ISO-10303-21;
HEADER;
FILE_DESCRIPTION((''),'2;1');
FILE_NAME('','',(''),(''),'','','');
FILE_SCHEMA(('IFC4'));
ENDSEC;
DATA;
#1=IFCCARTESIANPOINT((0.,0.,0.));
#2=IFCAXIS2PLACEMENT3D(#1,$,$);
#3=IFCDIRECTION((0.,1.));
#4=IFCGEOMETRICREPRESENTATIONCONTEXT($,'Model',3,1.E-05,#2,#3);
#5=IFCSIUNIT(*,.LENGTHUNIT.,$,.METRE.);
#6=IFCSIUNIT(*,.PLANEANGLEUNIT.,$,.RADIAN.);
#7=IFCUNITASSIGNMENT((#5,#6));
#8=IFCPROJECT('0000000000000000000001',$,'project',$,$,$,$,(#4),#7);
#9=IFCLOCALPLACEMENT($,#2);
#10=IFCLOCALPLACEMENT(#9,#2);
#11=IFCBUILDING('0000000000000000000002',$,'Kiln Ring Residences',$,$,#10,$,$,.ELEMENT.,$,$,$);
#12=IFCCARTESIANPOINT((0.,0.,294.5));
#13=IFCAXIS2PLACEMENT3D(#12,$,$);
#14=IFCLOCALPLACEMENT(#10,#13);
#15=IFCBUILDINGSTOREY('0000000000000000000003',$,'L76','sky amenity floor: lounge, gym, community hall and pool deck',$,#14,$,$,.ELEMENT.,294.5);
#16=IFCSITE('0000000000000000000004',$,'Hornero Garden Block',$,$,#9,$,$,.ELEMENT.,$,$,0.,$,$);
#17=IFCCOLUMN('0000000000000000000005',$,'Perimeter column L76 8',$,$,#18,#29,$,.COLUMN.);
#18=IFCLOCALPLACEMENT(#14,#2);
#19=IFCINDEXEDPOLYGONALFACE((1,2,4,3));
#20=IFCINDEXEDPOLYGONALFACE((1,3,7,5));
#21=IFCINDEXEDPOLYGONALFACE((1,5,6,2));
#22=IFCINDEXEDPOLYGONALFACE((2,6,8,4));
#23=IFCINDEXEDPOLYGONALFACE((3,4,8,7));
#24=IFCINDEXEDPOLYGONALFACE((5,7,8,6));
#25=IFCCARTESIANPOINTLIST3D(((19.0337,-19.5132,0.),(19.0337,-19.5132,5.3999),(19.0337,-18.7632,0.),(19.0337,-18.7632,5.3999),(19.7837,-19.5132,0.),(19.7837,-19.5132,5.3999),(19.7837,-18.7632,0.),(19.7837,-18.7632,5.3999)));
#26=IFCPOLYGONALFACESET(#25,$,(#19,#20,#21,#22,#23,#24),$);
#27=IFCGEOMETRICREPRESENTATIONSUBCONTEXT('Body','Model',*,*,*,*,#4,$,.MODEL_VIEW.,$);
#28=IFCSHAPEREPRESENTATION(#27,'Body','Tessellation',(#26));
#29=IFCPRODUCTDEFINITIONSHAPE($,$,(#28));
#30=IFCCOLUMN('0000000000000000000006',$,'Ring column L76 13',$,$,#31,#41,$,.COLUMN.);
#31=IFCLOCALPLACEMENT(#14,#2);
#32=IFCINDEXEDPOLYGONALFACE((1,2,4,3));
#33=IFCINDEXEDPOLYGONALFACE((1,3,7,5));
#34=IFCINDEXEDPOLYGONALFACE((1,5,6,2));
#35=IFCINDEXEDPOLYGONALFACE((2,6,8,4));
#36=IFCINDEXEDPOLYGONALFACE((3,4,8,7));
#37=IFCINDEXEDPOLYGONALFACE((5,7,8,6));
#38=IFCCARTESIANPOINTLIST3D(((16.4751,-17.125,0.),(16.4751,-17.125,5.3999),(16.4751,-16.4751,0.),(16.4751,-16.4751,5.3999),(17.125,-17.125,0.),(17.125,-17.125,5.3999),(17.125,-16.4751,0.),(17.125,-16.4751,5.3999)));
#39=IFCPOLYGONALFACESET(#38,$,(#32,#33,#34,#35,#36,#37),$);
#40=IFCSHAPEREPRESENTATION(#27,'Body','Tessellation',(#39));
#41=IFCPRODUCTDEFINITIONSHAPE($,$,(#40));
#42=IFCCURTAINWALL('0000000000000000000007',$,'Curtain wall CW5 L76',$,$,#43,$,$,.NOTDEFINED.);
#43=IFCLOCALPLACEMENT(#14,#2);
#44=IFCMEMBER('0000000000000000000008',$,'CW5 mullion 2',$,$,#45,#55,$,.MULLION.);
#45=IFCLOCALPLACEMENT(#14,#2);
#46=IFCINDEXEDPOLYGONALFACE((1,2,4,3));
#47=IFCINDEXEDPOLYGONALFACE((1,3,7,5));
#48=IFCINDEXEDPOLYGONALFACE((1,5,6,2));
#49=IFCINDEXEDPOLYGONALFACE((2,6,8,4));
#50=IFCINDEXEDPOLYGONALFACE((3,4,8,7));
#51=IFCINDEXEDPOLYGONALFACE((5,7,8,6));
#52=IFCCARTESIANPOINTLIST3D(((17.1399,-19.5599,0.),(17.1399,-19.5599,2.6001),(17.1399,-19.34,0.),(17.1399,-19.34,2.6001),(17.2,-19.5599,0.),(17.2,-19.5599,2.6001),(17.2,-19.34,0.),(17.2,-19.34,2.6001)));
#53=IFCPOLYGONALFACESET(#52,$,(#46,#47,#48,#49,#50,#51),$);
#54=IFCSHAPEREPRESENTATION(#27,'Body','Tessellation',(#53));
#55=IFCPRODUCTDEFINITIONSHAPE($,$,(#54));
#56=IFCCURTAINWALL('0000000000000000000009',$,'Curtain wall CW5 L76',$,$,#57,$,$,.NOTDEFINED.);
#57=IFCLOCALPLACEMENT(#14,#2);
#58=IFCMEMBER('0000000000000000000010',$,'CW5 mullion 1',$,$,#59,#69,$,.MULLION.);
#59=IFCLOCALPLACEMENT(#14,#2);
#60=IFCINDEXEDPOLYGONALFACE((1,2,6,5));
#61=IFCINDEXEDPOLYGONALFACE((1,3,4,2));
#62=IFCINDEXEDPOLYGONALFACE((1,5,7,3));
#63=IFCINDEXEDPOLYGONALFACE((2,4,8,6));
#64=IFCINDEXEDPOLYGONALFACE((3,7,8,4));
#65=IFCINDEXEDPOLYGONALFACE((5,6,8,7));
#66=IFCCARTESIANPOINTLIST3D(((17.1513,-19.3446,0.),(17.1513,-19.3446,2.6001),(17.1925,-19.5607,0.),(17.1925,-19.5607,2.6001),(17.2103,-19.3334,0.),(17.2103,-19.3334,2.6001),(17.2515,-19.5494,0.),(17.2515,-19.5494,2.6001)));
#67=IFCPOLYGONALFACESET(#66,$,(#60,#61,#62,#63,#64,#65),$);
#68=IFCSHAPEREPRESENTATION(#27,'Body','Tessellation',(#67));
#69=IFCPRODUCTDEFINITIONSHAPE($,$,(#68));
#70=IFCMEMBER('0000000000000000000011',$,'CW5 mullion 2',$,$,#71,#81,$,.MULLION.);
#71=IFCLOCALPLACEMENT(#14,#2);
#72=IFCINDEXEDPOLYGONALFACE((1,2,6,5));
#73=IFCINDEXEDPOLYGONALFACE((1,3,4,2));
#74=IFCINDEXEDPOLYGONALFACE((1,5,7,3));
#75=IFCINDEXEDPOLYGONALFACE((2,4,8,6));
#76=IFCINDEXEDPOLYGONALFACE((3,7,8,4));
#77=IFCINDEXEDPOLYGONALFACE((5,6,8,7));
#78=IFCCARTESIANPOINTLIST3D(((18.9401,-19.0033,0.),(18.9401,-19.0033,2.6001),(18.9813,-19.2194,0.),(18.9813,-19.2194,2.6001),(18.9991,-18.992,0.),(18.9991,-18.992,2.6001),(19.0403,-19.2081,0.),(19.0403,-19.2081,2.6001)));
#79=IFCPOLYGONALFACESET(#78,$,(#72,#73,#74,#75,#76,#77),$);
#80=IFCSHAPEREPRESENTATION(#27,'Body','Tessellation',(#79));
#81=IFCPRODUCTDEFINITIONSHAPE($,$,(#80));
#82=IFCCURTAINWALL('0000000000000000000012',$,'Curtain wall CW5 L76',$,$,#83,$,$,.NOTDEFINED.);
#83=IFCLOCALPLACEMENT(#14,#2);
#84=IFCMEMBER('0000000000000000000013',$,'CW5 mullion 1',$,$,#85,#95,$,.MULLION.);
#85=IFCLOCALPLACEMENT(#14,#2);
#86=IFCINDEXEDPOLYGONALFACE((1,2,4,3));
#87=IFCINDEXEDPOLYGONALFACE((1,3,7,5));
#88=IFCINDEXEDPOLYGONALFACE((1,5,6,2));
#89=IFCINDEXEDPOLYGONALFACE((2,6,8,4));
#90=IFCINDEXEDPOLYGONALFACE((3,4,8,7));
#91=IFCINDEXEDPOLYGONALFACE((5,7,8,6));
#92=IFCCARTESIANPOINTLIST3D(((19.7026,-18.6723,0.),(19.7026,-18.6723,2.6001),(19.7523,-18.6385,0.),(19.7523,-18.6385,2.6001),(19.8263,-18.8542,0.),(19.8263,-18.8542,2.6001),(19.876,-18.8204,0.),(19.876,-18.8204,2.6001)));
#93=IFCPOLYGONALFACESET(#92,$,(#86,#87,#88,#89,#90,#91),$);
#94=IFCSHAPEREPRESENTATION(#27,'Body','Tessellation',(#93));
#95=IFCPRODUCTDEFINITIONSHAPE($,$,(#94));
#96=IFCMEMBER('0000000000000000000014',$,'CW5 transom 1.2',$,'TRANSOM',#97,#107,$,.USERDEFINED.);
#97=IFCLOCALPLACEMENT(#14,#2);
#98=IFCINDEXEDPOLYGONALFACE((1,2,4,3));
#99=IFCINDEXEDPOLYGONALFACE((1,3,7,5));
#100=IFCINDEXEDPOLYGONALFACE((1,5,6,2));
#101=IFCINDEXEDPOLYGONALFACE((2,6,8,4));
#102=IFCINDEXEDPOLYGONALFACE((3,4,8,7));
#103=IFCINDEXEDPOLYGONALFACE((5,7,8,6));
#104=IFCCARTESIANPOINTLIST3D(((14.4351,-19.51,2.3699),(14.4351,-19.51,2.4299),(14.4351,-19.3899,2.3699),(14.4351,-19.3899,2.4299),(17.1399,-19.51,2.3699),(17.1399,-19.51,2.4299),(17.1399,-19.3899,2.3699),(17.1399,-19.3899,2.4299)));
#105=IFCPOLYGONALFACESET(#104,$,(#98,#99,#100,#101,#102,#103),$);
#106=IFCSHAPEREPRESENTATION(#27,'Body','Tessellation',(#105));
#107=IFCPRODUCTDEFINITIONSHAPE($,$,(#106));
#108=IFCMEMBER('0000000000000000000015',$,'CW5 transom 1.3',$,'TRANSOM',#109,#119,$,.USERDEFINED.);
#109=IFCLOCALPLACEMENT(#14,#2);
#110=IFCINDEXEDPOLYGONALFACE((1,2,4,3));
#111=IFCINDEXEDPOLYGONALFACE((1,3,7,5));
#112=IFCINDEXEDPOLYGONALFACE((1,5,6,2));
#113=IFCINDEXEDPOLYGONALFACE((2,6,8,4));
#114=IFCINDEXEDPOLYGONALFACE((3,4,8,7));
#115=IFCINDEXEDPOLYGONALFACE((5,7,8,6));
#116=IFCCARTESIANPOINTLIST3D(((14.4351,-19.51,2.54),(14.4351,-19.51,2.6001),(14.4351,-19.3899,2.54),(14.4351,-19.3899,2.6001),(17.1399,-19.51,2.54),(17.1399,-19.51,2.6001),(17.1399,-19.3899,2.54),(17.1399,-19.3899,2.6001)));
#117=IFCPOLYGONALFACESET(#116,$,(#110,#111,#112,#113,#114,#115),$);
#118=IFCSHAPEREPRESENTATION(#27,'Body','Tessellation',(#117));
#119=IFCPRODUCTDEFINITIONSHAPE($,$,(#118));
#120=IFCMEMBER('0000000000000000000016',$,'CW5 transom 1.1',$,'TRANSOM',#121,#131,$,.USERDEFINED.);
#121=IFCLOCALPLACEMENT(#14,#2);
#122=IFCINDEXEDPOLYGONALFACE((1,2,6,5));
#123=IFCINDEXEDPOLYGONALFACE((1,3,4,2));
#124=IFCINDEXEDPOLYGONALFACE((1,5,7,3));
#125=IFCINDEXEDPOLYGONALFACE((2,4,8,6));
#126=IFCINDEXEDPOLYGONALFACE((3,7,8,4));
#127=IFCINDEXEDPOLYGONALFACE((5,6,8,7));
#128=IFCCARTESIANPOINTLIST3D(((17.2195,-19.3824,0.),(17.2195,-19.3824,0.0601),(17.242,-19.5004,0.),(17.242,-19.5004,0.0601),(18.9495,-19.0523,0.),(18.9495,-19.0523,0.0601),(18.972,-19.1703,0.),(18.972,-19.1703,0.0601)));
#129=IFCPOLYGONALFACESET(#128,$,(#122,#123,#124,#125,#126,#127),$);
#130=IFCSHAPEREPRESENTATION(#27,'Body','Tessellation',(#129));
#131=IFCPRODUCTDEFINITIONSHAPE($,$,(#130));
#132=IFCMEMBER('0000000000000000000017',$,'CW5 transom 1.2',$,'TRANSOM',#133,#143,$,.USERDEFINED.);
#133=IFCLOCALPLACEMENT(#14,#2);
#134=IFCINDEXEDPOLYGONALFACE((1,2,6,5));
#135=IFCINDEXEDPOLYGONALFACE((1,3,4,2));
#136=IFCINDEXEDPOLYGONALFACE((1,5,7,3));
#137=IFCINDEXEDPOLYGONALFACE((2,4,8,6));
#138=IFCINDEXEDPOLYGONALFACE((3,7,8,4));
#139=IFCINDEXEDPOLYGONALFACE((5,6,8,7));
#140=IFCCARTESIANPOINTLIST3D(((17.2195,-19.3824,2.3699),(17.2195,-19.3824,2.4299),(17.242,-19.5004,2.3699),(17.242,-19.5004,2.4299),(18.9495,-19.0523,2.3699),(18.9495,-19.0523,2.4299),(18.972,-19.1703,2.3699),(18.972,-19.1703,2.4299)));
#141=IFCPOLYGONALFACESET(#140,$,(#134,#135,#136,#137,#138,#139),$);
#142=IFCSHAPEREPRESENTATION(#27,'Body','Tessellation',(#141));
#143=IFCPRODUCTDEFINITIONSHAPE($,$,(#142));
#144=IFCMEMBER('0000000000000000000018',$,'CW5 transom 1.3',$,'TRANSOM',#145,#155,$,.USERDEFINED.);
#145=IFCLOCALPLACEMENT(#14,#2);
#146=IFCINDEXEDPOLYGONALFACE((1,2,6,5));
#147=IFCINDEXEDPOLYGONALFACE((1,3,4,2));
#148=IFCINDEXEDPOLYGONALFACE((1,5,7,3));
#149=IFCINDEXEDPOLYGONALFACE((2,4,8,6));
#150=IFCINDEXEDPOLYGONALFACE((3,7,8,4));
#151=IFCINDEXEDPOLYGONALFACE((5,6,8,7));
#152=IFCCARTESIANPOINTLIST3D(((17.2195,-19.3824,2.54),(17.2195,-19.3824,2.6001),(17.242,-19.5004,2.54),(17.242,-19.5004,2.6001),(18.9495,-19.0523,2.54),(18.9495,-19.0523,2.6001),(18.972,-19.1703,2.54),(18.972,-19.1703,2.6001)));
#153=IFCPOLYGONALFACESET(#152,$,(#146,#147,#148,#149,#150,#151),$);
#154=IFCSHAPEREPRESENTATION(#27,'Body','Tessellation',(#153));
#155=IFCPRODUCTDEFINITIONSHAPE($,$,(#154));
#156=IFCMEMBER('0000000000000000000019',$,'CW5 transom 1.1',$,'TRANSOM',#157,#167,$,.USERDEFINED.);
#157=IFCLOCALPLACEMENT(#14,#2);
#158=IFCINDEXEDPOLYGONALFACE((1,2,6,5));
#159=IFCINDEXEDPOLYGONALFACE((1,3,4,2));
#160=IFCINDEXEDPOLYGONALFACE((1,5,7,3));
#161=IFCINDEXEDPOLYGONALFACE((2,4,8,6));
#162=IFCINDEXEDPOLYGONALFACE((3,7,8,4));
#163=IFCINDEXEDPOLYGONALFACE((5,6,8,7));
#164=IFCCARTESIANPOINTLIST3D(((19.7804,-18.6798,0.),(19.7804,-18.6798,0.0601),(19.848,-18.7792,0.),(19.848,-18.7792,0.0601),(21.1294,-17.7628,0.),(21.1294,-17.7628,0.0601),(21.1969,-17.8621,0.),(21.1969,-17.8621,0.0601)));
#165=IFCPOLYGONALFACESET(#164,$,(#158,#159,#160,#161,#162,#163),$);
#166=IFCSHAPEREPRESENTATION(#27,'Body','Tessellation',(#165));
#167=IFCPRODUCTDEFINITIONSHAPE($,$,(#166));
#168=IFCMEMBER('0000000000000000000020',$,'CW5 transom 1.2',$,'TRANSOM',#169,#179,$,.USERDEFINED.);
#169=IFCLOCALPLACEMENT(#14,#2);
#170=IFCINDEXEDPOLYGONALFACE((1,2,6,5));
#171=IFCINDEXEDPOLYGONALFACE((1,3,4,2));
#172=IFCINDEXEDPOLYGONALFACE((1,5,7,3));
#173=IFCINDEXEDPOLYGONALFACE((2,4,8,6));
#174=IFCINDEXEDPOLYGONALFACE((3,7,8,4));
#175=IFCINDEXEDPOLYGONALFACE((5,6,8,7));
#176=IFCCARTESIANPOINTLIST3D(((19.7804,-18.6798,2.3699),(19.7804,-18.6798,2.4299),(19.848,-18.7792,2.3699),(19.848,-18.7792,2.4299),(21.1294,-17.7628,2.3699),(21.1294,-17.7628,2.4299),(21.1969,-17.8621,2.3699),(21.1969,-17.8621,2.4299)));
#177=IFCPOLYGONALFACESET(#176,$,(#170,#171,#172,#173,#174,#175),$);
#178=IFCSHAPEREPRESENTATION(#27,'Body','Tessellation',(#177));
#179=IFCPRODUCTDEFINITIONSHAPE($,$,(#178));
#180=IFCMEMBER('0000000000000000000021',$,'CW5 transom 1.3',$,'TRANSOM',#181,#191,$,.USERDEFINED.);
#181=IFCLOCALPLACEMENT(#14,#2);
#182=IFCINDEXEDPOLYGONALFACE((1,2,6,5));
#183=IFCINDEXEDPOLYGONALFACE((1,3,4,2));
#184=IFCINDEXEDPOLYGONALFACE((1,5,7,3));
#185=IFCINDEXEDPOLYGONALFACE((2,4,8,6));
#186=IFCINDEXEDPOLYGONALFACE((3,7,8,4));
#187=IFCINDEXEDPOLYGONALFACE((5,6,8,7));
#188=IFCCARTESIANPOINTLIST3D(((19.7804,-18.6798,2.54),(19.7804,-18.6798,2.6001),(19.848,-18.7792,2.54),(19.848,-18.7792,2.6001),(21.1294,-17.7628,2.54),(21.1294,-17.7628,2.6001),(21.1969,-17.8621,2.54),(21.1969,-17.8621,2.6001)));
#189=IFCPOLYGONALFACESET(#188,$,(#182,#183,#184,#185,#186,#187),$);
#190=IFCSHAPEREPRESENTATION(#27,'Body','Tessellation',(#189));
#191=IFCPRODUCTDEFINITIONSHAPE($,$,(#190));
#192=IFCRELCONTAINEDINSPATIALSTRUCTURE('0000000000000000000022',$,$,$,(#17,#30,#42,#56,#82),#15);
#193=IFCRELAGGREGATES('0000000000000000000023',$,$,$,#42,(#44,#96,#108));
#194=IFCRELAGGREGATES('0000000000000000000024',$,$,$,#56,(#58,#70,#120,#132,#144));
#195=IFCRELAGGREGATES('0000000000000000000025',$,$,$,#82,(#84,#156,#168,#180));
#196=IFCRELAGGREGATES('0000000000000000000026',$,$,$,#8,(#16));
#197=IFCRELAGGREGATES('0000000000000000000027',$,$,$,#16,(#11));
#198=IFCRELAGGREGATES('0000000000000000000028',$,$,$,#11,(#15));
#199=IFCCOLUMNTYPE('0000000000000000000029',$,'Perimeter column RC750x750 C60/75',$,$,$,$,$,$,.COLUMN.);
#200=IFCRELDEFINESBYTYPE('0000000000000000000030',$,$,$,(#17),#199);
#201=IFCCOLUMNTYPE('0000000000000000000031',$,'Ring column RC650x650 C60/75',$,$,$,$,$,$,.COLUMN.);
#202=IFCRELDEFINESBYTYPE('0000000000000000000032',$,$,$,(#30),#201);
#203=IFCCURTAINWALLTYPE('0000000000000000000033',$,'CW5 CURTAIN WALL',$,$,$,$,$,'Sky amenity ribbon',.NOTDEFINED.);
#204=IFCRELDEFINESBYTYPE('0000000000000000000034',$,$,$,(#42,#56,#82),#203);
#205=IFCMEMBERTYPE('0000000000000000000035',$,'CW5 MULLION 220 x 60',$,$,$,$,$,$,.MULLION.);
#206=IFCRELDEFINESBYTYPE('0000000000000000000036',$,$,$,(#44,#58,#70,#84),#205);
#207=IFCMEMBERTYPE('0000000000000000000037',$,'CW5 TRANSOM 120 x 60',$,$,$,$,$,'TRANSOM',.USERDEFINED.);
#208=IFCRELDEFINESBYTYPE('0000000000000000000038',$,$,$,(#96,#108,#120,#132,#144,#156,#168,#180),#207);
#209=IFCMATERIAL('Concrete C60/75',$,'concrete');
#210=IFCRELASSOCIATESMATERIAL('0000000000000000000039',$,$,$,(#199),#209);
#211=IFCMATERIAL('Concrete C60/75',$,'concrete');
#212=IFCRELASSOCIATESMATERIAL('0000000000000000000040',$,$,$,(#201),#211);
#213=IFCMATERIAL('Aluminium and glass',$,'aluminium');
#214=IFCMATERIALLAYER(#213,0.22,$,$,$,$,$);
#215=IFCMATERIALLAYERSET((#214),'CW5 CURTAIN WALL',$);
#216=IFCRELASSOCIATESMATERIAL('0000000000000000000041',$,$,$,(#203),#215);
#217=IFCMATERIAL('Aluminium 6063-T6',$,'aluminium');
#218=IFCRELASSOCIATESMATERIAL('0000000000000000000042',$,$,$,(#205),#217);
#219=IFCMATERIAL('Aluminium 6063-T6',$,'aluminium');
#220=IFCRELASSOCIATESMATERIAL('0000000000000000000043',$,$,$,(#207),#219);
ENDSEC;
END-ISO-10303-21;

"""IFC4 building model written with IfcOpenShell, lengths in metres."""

from ifc_helpers import new_model, si_unit, direction, frame, origin, origin_2d, place, context, subcontext, project, spatial, rectangle, extrude, material, layer, layer_set, material_profile, profile_set, type_object, element, aggregate, save


model = new_model("IFC4")

# Units and contexts
model_context = context("Model", 3, precision=1e-05, world=origin(), true_north=direction((0.0, 1.0)))
body_context = subcontext(model_context, "Body", "Model", "MODEL_VIEW")
ifc_project = project(units=[si_unit("LENGTHUNIT", "METRE"), si_unit("PLANEANGLEUNIT", "RADIAN")], contexts=[model_context])

# Site, building, storey
site_placement = place(None, origin())
site = spatial("IfcSite", under=ifc_project, at=site_placement, Name="Hornero Garden Block", CompositionType="ELEMENT", RefElevation=0.0)
building_placement = place(site_placement, origin())
building = spatial("IfcBuilding", under=site, at=building_placement, Name="Kiln Ring Residences", CompositionType="ELEMENT")
storey_placement = place(building_placement, frame((0.0, 0.0, 294.5)))
storey = spatial("IfcBuildingStorey", under=building, at=storey_placement, Name="L76", Description="sky amenity floor: lounge, gym, community hall and pool deck", CompositionType="ELEMENT", Elevation=294.5)

# Columns
ifc_material_1 = material(Name="Concrete C60/75", Category="concrete")
ifc_material_profile_1 = material_profile(ifc_material_1, rectangle(XDim=0.75, YDim=0.75, at=origin_2d()), Name="RC750x750")
ifc_profile_set_1 = profile_set([ifc_material_profile_1], Name="Concrete C60/75")
column_type_1 = type_object("IfcColumnType", Name="Perimeter column RC750x750 C60/75", PredefinedType="COLUMN", material=ifc_profile_set_1)
column_1_placement = place(storey_placement, frame((19.4087, -19.1382, 0.0), z_axis=(0.0, 0.0, 1.0), x_axis=(1.0, 0.0, 0.0)))
element("IfcColumn", 1, at=column_1_placement, inside=storey, type_object=column_type_1, Name="Perimeter column L76 8", PredefinedType="COLUMN", context=body_context, shape_type="SweptSolid", body=[
    extrude(rectangle(XDim=0.75, YDim=0.75, at=origin_2d()), origin(), (0.0, 0.0, 1.0), 5.3999),
])
ifc_material_2 = material(Name="Concrete C60/75", Category="concrete")
ifc_material_profile_2 = material_profile(ifc_material_2, rectangle(XDim=0.6499, YDim=0.6499, at=origin_2d()), Name="RC650x650")
ifc_profile_set_2 = profile_set([ifc_material_profile_2], Name="Concrete C60/75")
column_type_2 = type_object("IfcColumnType", Name="Ring column RC650x650 C60/75", PredefinedType="COLUMN", material=ifc_profile_set_2)
column_2_placement = place(storey_placement, frame((16.8, -16.8, 0.0), z_axis=(0.0, 0.0, 1.0), x_axis=(1.0, 0.0, 0.0)))
element("IfcColumn", 2, at=column_2_placement, inside=storey, type_object=column_type_2, Name="Ring column L76 13", PredefinedType="COLUMN", context=body_context, shape_type="SweptSolid", body=[
    extrude(rectangle(XDim=0.6499, YDim=0.6499, at=origin_2d()), origin(), (0.0, 0.0, 1.0), 5.3999),
])

# Curtain wall, member
ifc_material_3 = material(Name="Aluminium and glass", Category="aluminium")
ifc_layer_1 = layer(ifc_material_3, 0.22)
ifc_layer_set_1 = layer_set([ifc_layer_1], Name="CW5 CURTAIN WALL")
curtain_wall_type = type_object("IfcCurtainWallType", Name="CW5 CURTAIN WALL", ElementType="Sky amenity ribbon", PredefinedType="NOTDEFINED", material=ifc_layer_set_1)
placement = place(storey_placement, origin())
curtain_wall_1 = element("IfcCurtainWall", 3, at=placement, inside=storey, type_object=curtain_wall_type, Name="Curtain wall CW5 L76", PredefinedType="NOTDEFINED")
ifc_material_4 = material(Name="Aluminium 6063-T6", Category="aluminium")
ifc_material_profile_3 = material_profile(ifc_material_4, rectangle(XDim=0.22, YDim=0.0601, at=origin_2d()), Name="AL 220x60")
ifc_profile_set_3 = profile_set([ifc_material_profile_3], Name="Aluminium 6063-T6")
member_type_1 = type_object("IfcMemberType", Name="CW5 MULLION 220 x 60", PredefinedType="MULLION", material=ifc_profile_set_3)
member_1_placement = place(storey_placement, frame((17.1699, -19.45, 0.0), z_axis=(0.0, 0.0, 1.0), x_axis=(0.0, 1.0, 0.0)))
member_1 = element("IfcMember", 4, at=member_1_placement, type_object=member_type_1, Name="CW5 mullion 2", PredefinedType="MULLION", context=body_context, shape_type="SweptSolid", body=[
    extrude(rectangle(XDim=0.22, YDim=0.0601, at=origin_2d()), origin(), (0.0, 0.0, 1.0), 2.6001),
])

# Curtain wall, members
curtain_wall_2 = element("IfcCurtainWall", 5, at=placement, inside=storey, type_object=curtain_wall_type, Name="Curtain wall CW5 L76", PredefinedType="NOTDEFINED")
member_2_placement = place(storey_placement, frame((17.2014, -19.447, 0.0), z_axis=(0.0, 0.0, 1.0), x_axis=(-0.187366, 0.98229, 0.0)))
member_2 = element("IfcMember", 6, at=member_2_placement, type_object=member_type_1, Name="CW5 mullion 1", PredefinedType="MULLION", context=body_context, shape_type="SweptSolid", body=[
    extrude(rectangle(XDim=0.22, YDim=0.0601, at=origin_2d()), origin(), (0.0, 0.0, 1.0), 2.6001),
])
member_3_placement = place(storey_placement, frame((18.9902, -19.1057, 0.0), z_axis=(0.0, 0.0, 1.0), x_axis=(-0.187366, 0.98229, 0.0)))
member_3 = element("IfcMember", 7, at=member_3_placement, type_object=member_type_1, Name="CW5 mullion 2", PredefinedType="MULLION", context=body_context, shape_type="SweptSolid", body=[
    extrude(rectangle(XDim=0.22, YDim=0.0601, at=origin_2d()), origin(), (0.0, 0.0, 1.0), 2.6001),
])

# Curtain wall, member
curtain_wall_3 = element("IfcCurtainWall", 8, at=placement, inside=storey, type_object=curtain_wall_type, Name="Curtain wall CW5 L76", PredefinedType="NOTDEFINED")
member_4_placement = place(storey_placement, frame((19.7893, -18.7463, 0.0), z_axis=(0.0, 0.0, 1.0), x_axis=(-0.562097, 0.827072, 0.0)))
member_4 = element("IfcMember", 9, at=member_4_placement, type_object=member_type_1, Name="CW5 mullion 1", PredefinedType="MULLION", context=body_context, shape_type="SweptSolid", body=[
    extrude(rectangle(XDim=0.22, YDim=0.0601, at=origin_2d()), origin(), (0.0, 0.0, 1.0), 2.6001),
])

# Members
ifc_material_5 = material(Name="Aluminium 6063-T6", Category="aluminium")
ifc_material_profile_4 = material_profile(ifc_material_5, rectangle(XDim=0.1201, YDim=0.0601, at=origin_2d()), Name="AL 120x60")
ifc_profile_set_4 = profile_set([ifc_material_profile_4], Name="Aluminium 6063-T6")
member_type_2 = type_object("IfcMemberType", Name="CW5 TRANSOM 120 x 60", ElementType="TRANSOM", PredefinedType="USERDEFINED", material=ifc_profile_set_4)
member_5_placement = place(storey_placement, frame((14.4351, -19.45, 2.3999), z_axis=(1.0, 0.0, 0.0), x_axis=(0.0, 1.0, 0.0)))
member_5 = element("IfcMember", 10, at=member_5_placement, type_object=member_type_2, Name="CW5 transom 1.2", ObjectType="TRANSOM", PredefinedType="USERDEFINED", context=body_context, shape_type="SweptSolid", body=[
    extrude(rectangle(XDim=0.1201, YDim=0.0601, at=origin_2d()), origin(), (0.0, 0.0, 1.0), 2.7048),
])
member_6_placement = place(storey_placement, frame((14.4351, -19.45, 2.5701), z_axis=(1.0, 0.0, 0.0), x_axis=(0.0, 1.0, 0.0)))
member_6 = element("IfcMember", 11, at=member_6_placement, type_object=member_type_2, Name="CW5 transom 1.3", ObjectType="TRANSOM", PredefinedType="USERDEFINED", context=body_context, shape_type="SweptSolid", body=[
    extrude(rectangle(XDim=0.1201, YDim=0.0601, at=origin_2d()), origin(), (0.0, 0.0, 1.0), 2.7048),
])
member_7_placement = place(storey_placement, frame((17.2307, -19.4414, 0.03), z_axis=(0.98228, 0.187418, 0.0), x_axis=(-0.187418, 0.98228, 0.0)))
member_7 = element("IfcMember", 12, at=member_7_placement, type_object=member_type_2, Name="CW5 transom 1.1", ObjectType="TRANSOM", PredefinedType="USERDEFINED", context=body_context, shape_type="SweptSolid", body=[
    extrude(rectangle(XDim=0.1201, YDim=0.0601, at=origin_2d()), origin(), (0.0, 0.0, 1.0), 1.7612),
])
member_8_placement = place(storey_placement, frame((17.2307, -19.4414, 2.3999), z_axis=(0.98228, 0.187418, 0.0), x_axis=(-0.187418, 0.98228, 0.0)))
member_8 = element("IfcMember", 13, at=member_8_placement, type_object=member_type_2, Name="CW5 transom 1.2", ObjectType="TRANSOM", PredefinedType="USERDEFINED", context=body_context, shape_type="SweptSolid", body=[
    extrude(rectangle(XDim=0.1201, YDim=0.0601, at=origin_2d()), origin(), (0.0, 0.0, 1.0), 1.7612),
])
member_9_placement = place(storey_placement, frame((17.2307, -19.4414, 2.5701), z_axis=(0.98228, 0.187418, 0.0), x_axis=(-0.187418, 0.98228, 0.0)))
member_9 = element("IfcMember", 14, at=member_9_placement, type_object=member_type_2, Name="CW5 transom 1.3", ObjectType="TRANSOM", PredefinedType="USERDEFINED", context=body_context, shape_type="SweptSolid", body=[
    extrude(rectangle(XDim=0.1201, YDim=0.0601, at=origin_2d()), origin(), (0.0, 0.0, 1.0), 1.7612),
])
member_10_placement = place(storey_placement, frame((19.8142, -18.7295, 0.03), z_axis=(0.826996, 0.562208, 0.0), x_axis=(-0.562208, 0.826996, 0.0)))
member_10 = element("IfcMember", 15, at=member_10_placement, type_object=member_type_2, Name="CW5 transom 1.1", ObjectType="TRANSOM", PredefinedType="USERDEFINED", context=body_context, shape_type="SweptSolid", body=[
    extrude(rectangle(XDim=0.1201, YDim=0.0601, at=origin_2d()), origin(), (0.0, 0.0, 1.0), 1.6311),
])
member_11_placement = place(storey_placement, frame((19.8142, -18.7295, 2.3999), z_axis=(0.826996, 0.562208, 0.0), x_axis=(-0.562208, 0.826996, 0.0)))
member_11 = element("IfcMember", 16, at=member_11_placement, type_object=member_type_2, Name="CW5 transom 1.2", ObjectType="TRANSOM", PredefinedType="USERDEFINED", context=body_context, shape_type="SweptSolid", body=[
    extrude(rectangle(XDim=0.1201, YDim=0.0601, at=origin_2d()), origin(), (0.0, 0.0, 1.0), 1.6311),
])
member_12_placement = place(storey_placement, frame((19.8142, -18.7295, 2.5701), z_axis=(0.826996, 0.562208, 0.0), x_axis=(-0.562208, 0.826996, 0.0)))
member_12 = element("IfcMember", 17, at=member_12_placement, type_object=member_type_2, Name="CW5 transom 1.3", ObjectType="TRANSOM", PredefinedType="USERDEFINED", context=body_context, shape_type="SweptSolid", body=[
    extrude(rectangle(XDim=0.1201, YDim=0.0601, at=origin_2d()), origin(), (0.0, 0.0, 1.0), 1.6311),
])

aggregate(curtain_wall_1, [member_1, member_5, member_6])
aggregate(curtain_wall_2, [member_2, member_3, member_7, member_8, member_9])
aggregate(curtain_wall_3, [member_4, member_10, member_11, member_12])

save(model, "model.ifc")
